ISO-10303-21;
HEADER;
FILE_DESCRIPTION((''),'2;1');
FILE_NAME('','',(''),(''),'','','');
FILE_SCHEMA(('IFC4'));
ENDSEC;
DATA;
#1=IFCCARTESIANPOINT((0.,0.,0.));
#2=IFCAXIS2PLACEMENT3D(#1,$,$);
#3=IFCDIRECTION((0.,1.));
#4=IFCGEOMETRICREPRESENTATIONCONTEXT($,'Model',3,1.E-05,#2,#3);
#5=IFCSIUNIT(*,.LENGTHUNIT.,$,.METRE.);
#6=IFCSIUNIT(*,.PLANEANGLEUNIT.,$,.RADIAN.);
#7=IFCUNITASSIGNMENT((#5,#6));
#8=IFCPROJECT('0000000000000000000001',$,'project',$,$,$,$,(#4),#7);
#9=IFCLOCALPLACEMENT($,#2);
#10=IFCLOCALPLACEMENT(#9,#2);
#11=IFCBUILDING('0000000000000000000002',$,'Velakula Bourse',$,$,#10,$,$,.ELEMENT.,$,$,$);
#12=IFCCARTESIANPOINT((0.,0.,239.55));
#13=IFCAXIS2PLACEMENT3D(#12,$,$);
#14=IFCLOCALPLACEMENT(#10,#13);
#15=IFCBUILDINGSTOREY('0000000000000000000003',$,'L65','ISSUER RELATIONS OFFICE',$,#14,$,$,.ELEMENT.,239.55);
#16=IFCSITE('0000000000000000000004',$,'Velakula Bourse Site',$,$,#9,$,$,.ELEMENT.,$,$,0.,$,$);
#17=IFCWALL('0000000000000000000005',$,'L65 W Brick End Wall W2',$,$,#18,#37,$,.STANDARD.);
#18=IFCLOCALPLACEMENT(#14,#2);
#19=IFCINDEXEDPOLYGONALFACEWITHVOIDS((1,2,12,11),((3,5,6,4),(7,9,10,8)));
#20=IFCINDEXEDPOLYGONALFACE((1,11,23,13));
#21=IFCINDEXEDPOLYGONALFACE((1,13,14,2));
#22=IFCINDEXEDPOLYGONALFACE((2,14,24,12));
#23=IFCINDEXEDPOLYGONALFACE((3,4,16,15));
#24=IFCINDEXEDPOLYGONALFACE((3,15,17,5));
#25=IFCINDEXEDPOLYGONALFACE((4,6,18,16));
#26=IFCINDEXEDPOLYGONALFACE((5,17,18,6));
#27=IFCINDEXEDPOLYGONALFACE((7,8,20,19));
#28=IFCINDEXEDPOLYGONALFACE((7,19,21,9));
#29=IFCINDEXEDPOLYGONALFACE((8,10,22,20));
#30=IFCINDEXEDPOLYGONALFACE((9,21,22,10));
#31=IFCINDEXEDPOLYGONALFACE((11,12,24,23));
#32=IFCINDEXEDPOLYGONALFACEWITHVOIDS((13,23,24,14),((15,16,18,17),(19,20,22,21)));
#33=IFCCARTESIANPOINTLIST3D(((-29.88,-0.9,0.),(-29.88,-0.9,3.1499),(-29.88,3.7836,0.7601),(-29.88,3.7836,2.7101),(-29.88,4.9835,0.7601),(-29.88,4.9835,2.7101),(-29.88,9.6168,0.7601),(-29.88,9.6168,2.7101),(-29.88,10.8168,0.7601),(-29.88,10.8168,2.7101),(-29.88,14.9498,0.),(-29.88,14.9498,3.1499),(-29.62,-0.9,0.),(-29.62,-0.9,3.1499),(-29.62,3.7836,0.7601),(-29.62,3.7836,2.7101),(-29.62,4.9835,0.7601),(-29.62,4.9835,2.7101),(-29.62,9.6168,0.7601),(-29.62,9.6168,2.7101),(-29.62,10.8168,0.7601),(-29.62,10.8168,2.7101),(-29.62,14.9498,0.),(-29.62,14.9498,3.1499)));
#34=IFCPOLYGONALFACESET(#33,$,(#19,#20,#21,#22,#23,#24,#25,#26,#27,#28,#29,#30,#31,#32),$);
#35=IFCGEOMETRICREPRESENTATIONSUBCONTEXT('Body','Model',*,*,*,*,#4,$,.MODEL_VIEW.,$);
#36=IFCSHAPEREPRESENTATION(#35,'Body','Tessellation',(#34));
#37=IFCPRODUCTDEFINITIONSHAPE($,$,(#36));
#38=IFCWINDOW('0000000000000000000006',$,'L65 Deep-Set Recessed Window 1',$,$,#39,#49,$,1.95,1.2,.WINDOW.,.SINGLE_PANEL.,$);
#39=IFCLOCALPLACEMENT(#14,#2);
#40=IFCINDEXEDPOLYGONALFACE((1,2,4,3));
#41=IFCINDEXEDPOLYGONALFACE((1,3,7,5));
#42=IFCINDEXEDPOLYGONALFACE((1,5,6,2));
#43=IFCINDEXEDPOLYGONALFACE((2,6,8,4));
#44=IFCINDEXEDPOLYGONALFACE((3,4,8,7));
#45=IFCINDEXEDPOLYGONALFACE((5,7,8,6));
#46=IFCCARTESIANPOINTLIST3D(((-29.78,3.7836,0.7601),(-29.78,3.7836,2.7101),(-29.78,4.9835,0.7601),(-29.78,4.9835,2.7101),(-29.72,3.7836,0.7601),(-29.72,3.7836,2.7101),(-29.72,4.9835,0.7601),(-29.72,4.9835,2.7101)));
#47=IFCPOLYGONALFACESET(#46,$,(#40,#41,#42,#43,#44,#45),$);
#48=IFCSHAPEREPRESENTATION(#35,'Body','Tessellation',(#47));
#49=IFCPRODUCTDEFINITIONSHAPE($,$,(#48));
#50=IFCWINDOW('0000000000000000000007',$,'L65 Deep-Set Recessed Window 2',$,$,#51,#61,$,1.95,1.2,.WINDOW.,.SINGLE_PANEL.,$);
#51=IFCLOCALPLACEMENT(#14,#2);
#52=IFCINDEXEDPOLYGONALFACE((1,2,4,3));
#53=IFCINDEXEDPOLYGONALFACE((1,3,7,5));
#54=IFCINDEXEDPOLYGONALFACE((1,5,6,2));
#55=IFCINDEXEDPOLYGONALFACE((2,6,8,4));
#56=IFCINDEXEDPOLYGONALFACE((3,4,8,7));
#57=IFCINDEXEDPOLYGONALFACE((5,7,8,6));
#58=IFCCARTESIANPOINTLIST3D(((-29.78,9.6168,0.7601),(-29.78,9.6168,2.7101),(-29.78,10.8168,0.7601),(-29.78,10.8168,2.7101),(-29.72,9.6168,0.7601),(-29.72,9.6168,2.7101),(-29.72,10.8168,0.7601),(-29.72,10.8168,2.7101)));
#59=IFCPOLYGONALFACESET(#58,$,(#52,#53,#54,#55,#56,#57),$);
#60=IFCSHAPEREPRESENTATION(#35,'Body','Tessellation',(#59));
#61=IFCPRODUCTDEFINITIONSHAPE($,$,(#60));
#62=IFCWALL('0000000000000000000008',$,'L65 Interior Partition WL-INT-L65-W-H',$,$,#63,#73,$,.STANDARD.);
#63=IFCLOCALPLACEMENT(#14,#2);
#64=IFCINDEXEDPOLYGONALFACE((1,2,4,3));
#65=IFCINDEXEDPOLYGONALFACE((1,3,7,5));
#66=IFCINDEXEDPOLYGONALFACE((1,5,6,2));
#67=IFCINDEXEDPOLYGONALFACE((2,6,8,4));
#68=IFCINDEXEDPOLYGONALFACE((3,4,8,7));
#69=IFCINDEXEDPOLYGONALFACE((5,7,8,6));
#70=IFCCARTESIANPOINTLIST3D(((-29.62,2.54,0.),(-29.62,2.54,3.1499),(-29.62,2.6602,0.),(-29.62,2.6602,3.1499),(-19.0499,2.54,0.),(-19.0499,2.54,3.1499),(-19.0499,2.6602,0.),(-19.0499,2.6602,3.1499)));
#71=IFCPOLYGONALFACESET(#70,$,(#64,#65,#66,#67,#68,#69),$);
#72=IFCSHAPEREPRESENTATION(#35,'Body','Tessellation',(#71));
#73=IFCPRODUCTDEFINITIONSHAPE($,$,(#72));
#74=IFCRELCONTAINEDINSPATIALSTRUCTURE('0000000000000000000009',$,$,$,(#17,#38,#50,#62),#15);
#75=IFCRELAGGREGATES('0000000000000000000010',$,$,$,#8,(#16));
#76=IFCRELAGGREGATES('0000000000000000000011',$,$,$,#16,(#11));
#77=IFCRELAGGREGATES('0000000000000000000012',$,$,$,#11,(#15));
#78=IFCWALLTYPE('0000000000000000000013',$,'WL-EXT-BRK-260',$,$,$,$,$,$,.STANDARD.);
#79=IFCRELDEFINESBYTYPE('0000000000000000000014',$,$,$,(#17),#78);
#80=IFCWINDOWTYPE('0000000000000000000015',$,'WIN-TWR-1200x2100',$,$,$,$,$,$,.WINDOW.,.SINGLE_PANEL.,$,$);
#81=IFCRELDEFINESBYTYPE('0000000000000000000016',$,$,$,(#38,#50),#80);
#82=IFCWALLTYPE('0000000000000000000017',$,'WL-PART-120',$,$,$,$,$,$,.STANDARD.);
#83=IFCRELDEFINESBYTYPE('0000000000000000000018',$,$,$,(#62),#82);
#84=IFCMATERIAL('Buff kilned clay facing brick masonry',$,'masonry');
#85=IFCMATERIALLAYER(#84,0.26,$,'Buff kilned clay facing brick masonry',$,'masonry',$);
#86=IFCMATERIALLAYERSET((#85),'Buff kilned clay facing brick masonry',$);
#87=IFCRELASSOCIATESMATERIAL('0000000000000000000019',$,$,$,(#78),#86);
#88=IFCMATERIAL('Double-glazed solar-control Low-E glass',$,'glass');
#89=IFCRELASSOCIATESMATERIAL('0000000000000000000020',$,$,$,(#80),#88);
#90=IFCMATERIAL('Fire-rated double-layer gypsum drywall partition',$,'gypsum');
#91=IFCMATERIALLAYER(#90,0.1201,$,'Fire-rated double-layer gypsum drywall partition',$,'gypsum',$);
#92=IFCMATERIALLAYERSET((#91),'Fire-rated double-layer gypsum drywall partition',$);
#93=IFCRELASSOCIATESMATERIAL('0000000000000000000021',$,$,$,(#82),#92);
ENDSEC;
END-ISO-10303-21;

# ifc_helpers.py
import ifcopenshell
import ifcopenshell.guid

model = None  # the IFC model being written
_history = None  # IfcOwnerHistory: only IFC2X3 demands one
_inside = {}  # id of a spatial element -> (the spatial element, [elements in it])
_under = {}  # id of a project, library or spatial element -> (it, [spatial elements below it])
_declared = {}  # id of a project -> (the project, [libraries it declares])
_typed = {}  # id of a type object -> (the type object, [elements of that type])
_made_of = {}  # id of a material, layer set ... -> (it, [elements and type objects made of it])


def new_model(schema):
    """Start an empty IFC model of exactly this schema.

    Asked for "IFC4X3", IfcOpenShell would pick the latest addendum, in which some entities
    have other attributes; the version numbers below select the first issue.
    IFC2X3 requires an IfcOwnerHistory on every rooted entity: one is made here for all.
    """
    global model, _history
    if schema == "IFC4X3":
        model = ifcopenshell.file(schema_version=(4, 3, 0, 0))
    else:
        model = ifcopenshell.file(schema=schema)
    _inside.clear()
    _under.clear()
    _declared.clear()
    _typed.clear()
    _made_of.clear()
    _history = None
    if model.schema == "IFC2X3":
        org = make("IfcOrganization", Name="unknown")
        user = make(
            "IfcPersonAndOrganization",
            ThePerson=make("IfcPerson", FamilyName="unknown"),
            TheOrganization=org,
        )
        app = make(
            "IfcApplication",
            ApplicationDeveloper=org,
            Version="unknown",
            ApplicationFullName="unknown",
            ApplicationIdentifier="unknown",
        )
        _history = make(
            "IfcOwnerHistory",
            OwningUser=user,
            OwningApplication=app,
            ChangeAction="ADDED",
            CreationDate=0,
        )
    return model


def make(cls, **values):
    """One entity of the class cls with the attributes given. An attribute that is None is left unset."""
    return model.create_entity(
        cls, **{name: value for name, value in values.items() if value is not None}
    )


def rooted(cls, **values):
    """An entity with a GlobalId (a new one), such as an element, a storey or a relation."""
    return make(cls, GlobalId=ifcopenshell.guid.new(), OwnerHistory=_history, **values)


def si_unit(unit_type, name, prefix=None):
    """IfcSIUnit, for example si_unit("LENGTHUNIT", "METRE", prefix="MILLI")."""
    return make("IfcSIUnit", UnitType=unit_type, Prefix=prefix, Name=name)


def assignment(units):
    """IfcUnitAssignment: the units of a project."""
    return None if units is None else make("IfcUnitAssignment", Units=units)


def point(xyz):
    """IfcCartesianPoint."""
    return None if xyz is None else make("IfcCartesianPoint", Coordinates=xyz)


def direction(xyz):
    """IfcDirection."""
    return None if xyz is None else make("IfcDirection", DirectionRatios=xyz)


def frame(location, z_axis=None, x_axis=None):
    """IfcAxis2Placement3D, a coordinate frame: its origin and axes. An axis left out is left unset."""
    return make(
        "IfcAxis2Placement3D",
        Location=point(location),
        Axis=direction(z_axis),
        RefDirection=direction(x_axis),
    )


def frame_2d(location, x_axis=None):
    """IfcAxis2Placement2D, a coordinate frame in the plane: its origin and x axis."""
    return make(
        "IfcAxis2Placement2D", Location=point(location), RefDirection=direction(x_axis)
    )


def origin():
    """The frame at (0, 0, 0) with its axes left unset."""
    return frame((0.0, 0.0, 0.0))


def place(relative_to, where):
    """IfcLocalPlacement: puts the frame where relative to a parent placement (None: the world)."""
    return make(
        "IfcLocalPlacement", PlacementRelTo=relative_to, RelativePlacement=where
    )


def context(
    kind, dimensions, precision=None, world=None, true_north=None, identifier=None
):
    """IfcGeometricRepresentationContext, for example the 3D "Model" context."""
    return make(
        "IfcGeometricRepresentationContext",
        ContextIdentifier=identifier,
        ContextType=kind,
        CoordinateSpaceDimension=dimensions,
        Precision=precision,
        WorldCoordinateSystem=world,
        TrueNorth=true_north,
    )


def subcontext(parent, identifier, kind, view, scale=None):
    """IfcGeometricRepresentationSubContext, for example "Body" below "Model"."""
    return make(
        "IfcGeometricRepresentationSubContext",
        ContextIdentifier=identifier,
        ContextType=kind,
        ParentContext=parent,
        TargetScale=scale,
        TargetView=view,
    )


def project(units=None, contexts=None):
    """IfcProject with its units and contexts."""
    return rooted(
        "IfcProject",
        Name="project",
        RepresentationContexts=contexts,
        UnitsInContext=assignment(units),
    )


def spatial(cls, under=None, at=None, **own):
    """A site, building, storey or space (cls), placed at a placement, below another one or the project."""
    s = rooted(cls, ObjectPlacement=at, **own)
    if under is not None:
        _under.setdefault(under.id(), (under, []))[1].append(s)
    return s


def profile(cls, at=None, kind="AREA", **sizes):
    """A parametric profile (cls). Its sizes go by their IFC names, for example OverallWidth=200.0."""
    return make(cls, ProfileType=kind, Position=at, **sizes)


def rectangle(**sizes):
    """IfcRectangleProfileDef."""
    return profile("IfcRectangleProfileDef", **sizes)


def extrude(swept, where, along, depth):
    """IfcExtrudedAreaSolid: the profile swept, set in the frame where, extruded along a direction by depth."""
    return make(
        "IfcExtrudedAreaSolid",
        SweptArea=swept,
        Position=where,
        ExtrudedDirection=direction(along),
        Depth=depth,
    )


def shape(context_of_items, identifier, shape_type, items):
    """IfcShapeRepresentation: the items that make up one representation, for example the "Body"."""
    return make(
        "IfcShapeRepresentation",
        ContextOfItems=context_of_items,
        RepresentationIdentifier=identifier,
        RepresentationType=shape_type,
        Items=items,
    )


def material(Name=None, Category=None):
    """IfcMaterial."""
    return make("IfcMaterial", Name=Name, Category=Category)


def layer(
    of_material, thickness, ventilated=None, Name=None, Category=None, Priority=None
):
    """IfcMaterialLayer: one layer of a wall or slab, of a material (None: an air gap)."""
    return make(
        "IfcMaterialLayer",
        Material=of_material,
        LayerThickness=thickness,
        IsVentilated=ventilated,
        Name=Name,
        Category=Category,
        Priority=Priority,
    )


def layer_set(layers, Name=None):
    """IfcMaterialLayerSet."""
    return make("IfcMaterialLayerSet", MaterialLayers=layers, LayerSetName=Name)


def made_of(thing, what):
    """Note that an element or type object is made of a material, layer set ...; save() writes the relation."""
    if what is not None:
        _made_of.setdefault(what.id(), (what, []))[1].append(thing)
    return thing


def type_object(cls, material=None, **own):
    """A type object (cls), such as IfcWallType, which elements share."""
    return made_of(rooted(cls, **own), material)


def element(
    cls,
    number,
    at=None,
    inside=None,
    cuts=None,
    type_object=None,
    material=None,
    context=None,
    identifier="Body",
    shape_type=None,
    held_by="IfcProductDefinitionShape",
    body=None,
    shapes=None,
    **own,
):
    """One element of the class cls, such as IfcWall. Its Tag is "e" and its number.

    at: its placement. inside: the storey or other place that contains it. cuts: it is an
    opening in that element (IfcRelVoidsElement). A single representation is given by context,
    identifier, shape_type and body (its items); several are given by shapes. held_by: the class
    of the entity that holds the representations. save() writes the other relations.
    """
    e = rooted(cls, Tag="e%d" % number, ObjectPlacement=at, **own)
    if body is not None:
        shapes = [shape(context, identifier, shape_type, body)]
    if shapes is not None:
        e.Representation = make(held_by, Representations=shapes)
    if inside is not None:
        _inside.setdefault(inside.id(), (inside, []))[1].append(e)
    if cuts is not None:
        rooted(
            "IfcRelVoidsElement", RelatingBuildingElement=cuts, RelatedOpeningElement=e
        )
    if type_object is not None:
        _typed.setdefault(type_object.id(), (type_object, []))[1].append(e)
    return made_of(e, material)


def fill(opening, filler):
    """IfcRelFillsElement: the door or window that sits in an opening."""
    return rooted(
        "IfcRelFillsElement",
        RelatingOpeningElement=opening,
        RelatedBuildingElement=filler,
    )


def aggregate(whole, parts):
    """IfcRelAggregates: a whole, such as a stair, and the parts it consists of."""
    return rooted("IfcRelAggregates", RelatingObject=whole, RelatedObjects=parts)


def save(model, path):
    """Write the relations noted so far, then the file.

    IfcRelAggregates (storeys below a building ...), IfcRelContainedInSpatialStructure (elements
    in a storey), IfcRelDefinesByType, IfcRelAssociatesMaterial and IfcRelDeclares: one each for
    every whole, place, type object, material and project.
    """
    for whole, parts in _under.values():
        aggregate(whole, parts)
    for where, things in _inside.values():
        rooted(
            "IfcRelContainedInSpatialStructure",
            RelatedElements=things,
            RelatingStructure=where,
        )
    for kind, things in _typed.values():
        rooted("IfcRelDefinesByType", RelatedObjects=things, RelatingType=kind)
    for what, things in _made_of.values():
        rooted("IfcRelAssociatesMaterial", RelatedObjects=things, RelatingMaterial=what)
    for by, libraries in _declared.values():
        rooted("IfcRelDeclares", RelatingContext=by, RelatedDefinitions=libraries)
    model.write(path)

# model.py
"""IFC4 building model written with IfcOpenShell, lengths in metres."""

from ifc_helpers import new_model, si_unit, direction, frame, frame_2d, origin, place, context, subcontext, project, spatial, rectangle, extrude, material, layer, layer_set, type_object, element, fill, save


model = new_model("IFC4")

# Units and contexts
model_context = context("Model", 3, precision=1e-05, world=origin(), true_north=direction((0.0, 1.0)))
body_context = subcontext(model_context, "Body", "Model", "MODEL_VIEW")
ifc_project = project(units=[si_unit("LENGTHUNIT", "METRE"), si_unit("PLANEANGLEUNIT", "RADIAN")], contexts=[model_context])

# Site, building, storey
site_placement = place(None, origin())
site = spatial("IfcSite", under=ifc_project, at=site_placement, Name="Velakula Bourse Site", CompositionType="ELEMENT", RefElevation=0.0)
building_placement = place(site_placement, origin())
building = spatial("IfcBuilding", under=site, at=building_placement, Name="Velakula Bourse", CompositionType="ELEMENT")
storey_placement = place(building_placement, frame((0.0, 0.0, 239.55)))
storey = spatial("IfcBuildingStorey", under=building, at=storey_placement, Name="L65", Description="ISSUER RELATIONS OFFICE", CompositionType="ELEMENT", Elevation=239.55)

# Wall, openings, windows
ifc_material_1 = material(Name="Buff kilned clay facing brick masonry", Category="masonry")
ifc_layer_1 = layer(ifc_material_1, 0.26, Name="Buff kilned clay facing brick masonry", Category="masonry")
ifc_layer_set_1 = layer_set([ifc_layer_1], Name="Buff kilned clay facing brick masonry")
wall_type_1 = type_object("IfcWallType", Name="WL-EXT-BRK-260", PredefinedType="STANDARD", material=ifc_layer_set_1)
wall_1_placement = place(storey_placement, frame((-29.75, -0.8999, 0.0), z_axis=(0.0, 0.0, 1.0), x_axis=(0.0, 1.0, 0.0)))
wall_1 = element("IfcWall", 1, at=wall_1_placement, inside=storey, type_object=wall_type_1, Name="L65 W Brick End Wall W2", PredefinedType="STANDARD", context=body_context, shape_type="SweptSolid", body=[
    extrude(rectangle(XDim=15.8499, YDim=0.26, at=frame_2d((7.9248, 0.0))), origin(), (0.0, 0.0, 1.0), 3.1499),
])
opening_1_placement = place(wall_1_placement, frame((4.6833, 0.0, 0.76)))
opening_1 = element("IfcOpeningElement", 2, at=opening_1_placement, cuts=wall_1, PredefinedType="OPENING", context=body_context, shape_type="SweptSolid", body=[
    extrude(rectangle(XDim=1.2, YDim=1.95, at=frame_2d((0.6001, 0.9751))), frame((0.0, 0.1399, 0.0), z_axis=(0.0, -1.0, 0.0), x_axis=(1.0, 0.0, 0.0)), (0.0, 0.0, 1.0), 0.28),
])
opening_2_placement = place(wall_1_placement, frame((10.5166, 0.0, 0.76)))
opening_2 = element("IfcOpeningElement", 3, at=opening_2_placement, cuts=wall_1, PredefinedType="OPENING", context=body_context, shape_type="SweptSolid", body=[
    extrude(rectangle(XDim=1.2, YDim=1.95, at=frame_2d((0.6001, 0.9751))), frame((0.0, 0.1399, 0.0), z_axis=(0.0, -1.0, 0.0), x_axis=(1.0, 0.0, 0.0)), (0.0, 0.0, 1.0), 0.28),
])
ifc_material_2 = material(Name="Double-glazed solar-control Low-E glass", Category="glass")
window_type = type_object("IfcWindowType", Name="WIN-TWR-1200x2100", PartitioningType="SINGLE_PANEL", PredefinedType="WINDOW", material=ifc_material_2)
window_1_placement = place(opening_1_placement, origin())
window_1 = element("IfcWindow", 4, at=window_1_placement, inside=storey, type_object=window_type, Name="L65 Deep-Set Recessed Window 1", OverallHeight=1.95, OverallWidth=1.2, PartitioningType="SINGLE_PANEL", PredefinedType="WINDOW", context=body_context, shape_type="SweptSolid", body=[
    extrude(rectangle(XDim=1.2, YDim=1.95, at=frame_2d((0.6001, 0.9751))), frame((0.0, 0.03, 0.0), z_axis=(0.0, -1.0, 0.0), x_axis=(1.0, 0.0, 0.0)), (0.0, 0.0, 1.0), 0.0601),
])
fill(opening_1, window_1)
window_2_placement = place(opening_2_placement, origin())
window_2 = element("IfcWindow", 5, at=window_2_placement, inside=storey, type_object=window_type, Name="L65 Deep-Set Recessed Window 2", OverallHeight=1.95, OverallWidth=1.2, PartitioningType="SINGLE_PANEL", PredefinedType="WINDOW", context=body_context, shape_type="SweptSolid", body=[
    extrude(rectangle(XDim=1.2, YDim=1.95, at=frame_2d((0.6001, 0.9751))), frame((0.0, 0.03, 0.0), z_axis=(0.0, -1.0, 0.0), x_axis=(1.0, 0.0, 0.0)), (0.0, 0.0, 1.0), 0.0601),
])
fill(opening_2, window_2)

# Wall
ifc_material_3 = material(Name="Fire-rated double-layer gypsum drywall partition", Category="gypsum")
ifc_layer_2 = layer(ifc_material_3, 0.1201, Name="Fire-rated double-layer gypsum drywall partition", Category="gypsum")
ifc_layer_set_2 = layer_set([ifc_layer_2], Name="Fire-rated double-layer gypsum drywall partition")
wall_type_2 = type_object("IfcWallType", Name="WL-PART-120", PredefinedType="STANDARD", material=ifc_layer_set_2)
wall_2_placement = place(storey_placement, frame((-29.6201, 2.6001, 0.0), z_axis=(0.0, 0.0, 1.0), x_axis=(1.0, 0.0, 0.0)))
element("IfcWall", 6, at=wall_2_placement, inside=storey, type_object=wall_type_2, Name="L65 Interior Partition WL-INT-L65-W-H", PredefinedType="STANDARD", context=body_context, shape_type="SweptSolid", body=[
    extrude(rectangle(XDim=10.5701, YDim=0.1201, at=frame_2d((5.2852, 0.0))), origin(), (0.0, 0.0, 1.0), 3.1499),
])

save(model, "model.ifc")
